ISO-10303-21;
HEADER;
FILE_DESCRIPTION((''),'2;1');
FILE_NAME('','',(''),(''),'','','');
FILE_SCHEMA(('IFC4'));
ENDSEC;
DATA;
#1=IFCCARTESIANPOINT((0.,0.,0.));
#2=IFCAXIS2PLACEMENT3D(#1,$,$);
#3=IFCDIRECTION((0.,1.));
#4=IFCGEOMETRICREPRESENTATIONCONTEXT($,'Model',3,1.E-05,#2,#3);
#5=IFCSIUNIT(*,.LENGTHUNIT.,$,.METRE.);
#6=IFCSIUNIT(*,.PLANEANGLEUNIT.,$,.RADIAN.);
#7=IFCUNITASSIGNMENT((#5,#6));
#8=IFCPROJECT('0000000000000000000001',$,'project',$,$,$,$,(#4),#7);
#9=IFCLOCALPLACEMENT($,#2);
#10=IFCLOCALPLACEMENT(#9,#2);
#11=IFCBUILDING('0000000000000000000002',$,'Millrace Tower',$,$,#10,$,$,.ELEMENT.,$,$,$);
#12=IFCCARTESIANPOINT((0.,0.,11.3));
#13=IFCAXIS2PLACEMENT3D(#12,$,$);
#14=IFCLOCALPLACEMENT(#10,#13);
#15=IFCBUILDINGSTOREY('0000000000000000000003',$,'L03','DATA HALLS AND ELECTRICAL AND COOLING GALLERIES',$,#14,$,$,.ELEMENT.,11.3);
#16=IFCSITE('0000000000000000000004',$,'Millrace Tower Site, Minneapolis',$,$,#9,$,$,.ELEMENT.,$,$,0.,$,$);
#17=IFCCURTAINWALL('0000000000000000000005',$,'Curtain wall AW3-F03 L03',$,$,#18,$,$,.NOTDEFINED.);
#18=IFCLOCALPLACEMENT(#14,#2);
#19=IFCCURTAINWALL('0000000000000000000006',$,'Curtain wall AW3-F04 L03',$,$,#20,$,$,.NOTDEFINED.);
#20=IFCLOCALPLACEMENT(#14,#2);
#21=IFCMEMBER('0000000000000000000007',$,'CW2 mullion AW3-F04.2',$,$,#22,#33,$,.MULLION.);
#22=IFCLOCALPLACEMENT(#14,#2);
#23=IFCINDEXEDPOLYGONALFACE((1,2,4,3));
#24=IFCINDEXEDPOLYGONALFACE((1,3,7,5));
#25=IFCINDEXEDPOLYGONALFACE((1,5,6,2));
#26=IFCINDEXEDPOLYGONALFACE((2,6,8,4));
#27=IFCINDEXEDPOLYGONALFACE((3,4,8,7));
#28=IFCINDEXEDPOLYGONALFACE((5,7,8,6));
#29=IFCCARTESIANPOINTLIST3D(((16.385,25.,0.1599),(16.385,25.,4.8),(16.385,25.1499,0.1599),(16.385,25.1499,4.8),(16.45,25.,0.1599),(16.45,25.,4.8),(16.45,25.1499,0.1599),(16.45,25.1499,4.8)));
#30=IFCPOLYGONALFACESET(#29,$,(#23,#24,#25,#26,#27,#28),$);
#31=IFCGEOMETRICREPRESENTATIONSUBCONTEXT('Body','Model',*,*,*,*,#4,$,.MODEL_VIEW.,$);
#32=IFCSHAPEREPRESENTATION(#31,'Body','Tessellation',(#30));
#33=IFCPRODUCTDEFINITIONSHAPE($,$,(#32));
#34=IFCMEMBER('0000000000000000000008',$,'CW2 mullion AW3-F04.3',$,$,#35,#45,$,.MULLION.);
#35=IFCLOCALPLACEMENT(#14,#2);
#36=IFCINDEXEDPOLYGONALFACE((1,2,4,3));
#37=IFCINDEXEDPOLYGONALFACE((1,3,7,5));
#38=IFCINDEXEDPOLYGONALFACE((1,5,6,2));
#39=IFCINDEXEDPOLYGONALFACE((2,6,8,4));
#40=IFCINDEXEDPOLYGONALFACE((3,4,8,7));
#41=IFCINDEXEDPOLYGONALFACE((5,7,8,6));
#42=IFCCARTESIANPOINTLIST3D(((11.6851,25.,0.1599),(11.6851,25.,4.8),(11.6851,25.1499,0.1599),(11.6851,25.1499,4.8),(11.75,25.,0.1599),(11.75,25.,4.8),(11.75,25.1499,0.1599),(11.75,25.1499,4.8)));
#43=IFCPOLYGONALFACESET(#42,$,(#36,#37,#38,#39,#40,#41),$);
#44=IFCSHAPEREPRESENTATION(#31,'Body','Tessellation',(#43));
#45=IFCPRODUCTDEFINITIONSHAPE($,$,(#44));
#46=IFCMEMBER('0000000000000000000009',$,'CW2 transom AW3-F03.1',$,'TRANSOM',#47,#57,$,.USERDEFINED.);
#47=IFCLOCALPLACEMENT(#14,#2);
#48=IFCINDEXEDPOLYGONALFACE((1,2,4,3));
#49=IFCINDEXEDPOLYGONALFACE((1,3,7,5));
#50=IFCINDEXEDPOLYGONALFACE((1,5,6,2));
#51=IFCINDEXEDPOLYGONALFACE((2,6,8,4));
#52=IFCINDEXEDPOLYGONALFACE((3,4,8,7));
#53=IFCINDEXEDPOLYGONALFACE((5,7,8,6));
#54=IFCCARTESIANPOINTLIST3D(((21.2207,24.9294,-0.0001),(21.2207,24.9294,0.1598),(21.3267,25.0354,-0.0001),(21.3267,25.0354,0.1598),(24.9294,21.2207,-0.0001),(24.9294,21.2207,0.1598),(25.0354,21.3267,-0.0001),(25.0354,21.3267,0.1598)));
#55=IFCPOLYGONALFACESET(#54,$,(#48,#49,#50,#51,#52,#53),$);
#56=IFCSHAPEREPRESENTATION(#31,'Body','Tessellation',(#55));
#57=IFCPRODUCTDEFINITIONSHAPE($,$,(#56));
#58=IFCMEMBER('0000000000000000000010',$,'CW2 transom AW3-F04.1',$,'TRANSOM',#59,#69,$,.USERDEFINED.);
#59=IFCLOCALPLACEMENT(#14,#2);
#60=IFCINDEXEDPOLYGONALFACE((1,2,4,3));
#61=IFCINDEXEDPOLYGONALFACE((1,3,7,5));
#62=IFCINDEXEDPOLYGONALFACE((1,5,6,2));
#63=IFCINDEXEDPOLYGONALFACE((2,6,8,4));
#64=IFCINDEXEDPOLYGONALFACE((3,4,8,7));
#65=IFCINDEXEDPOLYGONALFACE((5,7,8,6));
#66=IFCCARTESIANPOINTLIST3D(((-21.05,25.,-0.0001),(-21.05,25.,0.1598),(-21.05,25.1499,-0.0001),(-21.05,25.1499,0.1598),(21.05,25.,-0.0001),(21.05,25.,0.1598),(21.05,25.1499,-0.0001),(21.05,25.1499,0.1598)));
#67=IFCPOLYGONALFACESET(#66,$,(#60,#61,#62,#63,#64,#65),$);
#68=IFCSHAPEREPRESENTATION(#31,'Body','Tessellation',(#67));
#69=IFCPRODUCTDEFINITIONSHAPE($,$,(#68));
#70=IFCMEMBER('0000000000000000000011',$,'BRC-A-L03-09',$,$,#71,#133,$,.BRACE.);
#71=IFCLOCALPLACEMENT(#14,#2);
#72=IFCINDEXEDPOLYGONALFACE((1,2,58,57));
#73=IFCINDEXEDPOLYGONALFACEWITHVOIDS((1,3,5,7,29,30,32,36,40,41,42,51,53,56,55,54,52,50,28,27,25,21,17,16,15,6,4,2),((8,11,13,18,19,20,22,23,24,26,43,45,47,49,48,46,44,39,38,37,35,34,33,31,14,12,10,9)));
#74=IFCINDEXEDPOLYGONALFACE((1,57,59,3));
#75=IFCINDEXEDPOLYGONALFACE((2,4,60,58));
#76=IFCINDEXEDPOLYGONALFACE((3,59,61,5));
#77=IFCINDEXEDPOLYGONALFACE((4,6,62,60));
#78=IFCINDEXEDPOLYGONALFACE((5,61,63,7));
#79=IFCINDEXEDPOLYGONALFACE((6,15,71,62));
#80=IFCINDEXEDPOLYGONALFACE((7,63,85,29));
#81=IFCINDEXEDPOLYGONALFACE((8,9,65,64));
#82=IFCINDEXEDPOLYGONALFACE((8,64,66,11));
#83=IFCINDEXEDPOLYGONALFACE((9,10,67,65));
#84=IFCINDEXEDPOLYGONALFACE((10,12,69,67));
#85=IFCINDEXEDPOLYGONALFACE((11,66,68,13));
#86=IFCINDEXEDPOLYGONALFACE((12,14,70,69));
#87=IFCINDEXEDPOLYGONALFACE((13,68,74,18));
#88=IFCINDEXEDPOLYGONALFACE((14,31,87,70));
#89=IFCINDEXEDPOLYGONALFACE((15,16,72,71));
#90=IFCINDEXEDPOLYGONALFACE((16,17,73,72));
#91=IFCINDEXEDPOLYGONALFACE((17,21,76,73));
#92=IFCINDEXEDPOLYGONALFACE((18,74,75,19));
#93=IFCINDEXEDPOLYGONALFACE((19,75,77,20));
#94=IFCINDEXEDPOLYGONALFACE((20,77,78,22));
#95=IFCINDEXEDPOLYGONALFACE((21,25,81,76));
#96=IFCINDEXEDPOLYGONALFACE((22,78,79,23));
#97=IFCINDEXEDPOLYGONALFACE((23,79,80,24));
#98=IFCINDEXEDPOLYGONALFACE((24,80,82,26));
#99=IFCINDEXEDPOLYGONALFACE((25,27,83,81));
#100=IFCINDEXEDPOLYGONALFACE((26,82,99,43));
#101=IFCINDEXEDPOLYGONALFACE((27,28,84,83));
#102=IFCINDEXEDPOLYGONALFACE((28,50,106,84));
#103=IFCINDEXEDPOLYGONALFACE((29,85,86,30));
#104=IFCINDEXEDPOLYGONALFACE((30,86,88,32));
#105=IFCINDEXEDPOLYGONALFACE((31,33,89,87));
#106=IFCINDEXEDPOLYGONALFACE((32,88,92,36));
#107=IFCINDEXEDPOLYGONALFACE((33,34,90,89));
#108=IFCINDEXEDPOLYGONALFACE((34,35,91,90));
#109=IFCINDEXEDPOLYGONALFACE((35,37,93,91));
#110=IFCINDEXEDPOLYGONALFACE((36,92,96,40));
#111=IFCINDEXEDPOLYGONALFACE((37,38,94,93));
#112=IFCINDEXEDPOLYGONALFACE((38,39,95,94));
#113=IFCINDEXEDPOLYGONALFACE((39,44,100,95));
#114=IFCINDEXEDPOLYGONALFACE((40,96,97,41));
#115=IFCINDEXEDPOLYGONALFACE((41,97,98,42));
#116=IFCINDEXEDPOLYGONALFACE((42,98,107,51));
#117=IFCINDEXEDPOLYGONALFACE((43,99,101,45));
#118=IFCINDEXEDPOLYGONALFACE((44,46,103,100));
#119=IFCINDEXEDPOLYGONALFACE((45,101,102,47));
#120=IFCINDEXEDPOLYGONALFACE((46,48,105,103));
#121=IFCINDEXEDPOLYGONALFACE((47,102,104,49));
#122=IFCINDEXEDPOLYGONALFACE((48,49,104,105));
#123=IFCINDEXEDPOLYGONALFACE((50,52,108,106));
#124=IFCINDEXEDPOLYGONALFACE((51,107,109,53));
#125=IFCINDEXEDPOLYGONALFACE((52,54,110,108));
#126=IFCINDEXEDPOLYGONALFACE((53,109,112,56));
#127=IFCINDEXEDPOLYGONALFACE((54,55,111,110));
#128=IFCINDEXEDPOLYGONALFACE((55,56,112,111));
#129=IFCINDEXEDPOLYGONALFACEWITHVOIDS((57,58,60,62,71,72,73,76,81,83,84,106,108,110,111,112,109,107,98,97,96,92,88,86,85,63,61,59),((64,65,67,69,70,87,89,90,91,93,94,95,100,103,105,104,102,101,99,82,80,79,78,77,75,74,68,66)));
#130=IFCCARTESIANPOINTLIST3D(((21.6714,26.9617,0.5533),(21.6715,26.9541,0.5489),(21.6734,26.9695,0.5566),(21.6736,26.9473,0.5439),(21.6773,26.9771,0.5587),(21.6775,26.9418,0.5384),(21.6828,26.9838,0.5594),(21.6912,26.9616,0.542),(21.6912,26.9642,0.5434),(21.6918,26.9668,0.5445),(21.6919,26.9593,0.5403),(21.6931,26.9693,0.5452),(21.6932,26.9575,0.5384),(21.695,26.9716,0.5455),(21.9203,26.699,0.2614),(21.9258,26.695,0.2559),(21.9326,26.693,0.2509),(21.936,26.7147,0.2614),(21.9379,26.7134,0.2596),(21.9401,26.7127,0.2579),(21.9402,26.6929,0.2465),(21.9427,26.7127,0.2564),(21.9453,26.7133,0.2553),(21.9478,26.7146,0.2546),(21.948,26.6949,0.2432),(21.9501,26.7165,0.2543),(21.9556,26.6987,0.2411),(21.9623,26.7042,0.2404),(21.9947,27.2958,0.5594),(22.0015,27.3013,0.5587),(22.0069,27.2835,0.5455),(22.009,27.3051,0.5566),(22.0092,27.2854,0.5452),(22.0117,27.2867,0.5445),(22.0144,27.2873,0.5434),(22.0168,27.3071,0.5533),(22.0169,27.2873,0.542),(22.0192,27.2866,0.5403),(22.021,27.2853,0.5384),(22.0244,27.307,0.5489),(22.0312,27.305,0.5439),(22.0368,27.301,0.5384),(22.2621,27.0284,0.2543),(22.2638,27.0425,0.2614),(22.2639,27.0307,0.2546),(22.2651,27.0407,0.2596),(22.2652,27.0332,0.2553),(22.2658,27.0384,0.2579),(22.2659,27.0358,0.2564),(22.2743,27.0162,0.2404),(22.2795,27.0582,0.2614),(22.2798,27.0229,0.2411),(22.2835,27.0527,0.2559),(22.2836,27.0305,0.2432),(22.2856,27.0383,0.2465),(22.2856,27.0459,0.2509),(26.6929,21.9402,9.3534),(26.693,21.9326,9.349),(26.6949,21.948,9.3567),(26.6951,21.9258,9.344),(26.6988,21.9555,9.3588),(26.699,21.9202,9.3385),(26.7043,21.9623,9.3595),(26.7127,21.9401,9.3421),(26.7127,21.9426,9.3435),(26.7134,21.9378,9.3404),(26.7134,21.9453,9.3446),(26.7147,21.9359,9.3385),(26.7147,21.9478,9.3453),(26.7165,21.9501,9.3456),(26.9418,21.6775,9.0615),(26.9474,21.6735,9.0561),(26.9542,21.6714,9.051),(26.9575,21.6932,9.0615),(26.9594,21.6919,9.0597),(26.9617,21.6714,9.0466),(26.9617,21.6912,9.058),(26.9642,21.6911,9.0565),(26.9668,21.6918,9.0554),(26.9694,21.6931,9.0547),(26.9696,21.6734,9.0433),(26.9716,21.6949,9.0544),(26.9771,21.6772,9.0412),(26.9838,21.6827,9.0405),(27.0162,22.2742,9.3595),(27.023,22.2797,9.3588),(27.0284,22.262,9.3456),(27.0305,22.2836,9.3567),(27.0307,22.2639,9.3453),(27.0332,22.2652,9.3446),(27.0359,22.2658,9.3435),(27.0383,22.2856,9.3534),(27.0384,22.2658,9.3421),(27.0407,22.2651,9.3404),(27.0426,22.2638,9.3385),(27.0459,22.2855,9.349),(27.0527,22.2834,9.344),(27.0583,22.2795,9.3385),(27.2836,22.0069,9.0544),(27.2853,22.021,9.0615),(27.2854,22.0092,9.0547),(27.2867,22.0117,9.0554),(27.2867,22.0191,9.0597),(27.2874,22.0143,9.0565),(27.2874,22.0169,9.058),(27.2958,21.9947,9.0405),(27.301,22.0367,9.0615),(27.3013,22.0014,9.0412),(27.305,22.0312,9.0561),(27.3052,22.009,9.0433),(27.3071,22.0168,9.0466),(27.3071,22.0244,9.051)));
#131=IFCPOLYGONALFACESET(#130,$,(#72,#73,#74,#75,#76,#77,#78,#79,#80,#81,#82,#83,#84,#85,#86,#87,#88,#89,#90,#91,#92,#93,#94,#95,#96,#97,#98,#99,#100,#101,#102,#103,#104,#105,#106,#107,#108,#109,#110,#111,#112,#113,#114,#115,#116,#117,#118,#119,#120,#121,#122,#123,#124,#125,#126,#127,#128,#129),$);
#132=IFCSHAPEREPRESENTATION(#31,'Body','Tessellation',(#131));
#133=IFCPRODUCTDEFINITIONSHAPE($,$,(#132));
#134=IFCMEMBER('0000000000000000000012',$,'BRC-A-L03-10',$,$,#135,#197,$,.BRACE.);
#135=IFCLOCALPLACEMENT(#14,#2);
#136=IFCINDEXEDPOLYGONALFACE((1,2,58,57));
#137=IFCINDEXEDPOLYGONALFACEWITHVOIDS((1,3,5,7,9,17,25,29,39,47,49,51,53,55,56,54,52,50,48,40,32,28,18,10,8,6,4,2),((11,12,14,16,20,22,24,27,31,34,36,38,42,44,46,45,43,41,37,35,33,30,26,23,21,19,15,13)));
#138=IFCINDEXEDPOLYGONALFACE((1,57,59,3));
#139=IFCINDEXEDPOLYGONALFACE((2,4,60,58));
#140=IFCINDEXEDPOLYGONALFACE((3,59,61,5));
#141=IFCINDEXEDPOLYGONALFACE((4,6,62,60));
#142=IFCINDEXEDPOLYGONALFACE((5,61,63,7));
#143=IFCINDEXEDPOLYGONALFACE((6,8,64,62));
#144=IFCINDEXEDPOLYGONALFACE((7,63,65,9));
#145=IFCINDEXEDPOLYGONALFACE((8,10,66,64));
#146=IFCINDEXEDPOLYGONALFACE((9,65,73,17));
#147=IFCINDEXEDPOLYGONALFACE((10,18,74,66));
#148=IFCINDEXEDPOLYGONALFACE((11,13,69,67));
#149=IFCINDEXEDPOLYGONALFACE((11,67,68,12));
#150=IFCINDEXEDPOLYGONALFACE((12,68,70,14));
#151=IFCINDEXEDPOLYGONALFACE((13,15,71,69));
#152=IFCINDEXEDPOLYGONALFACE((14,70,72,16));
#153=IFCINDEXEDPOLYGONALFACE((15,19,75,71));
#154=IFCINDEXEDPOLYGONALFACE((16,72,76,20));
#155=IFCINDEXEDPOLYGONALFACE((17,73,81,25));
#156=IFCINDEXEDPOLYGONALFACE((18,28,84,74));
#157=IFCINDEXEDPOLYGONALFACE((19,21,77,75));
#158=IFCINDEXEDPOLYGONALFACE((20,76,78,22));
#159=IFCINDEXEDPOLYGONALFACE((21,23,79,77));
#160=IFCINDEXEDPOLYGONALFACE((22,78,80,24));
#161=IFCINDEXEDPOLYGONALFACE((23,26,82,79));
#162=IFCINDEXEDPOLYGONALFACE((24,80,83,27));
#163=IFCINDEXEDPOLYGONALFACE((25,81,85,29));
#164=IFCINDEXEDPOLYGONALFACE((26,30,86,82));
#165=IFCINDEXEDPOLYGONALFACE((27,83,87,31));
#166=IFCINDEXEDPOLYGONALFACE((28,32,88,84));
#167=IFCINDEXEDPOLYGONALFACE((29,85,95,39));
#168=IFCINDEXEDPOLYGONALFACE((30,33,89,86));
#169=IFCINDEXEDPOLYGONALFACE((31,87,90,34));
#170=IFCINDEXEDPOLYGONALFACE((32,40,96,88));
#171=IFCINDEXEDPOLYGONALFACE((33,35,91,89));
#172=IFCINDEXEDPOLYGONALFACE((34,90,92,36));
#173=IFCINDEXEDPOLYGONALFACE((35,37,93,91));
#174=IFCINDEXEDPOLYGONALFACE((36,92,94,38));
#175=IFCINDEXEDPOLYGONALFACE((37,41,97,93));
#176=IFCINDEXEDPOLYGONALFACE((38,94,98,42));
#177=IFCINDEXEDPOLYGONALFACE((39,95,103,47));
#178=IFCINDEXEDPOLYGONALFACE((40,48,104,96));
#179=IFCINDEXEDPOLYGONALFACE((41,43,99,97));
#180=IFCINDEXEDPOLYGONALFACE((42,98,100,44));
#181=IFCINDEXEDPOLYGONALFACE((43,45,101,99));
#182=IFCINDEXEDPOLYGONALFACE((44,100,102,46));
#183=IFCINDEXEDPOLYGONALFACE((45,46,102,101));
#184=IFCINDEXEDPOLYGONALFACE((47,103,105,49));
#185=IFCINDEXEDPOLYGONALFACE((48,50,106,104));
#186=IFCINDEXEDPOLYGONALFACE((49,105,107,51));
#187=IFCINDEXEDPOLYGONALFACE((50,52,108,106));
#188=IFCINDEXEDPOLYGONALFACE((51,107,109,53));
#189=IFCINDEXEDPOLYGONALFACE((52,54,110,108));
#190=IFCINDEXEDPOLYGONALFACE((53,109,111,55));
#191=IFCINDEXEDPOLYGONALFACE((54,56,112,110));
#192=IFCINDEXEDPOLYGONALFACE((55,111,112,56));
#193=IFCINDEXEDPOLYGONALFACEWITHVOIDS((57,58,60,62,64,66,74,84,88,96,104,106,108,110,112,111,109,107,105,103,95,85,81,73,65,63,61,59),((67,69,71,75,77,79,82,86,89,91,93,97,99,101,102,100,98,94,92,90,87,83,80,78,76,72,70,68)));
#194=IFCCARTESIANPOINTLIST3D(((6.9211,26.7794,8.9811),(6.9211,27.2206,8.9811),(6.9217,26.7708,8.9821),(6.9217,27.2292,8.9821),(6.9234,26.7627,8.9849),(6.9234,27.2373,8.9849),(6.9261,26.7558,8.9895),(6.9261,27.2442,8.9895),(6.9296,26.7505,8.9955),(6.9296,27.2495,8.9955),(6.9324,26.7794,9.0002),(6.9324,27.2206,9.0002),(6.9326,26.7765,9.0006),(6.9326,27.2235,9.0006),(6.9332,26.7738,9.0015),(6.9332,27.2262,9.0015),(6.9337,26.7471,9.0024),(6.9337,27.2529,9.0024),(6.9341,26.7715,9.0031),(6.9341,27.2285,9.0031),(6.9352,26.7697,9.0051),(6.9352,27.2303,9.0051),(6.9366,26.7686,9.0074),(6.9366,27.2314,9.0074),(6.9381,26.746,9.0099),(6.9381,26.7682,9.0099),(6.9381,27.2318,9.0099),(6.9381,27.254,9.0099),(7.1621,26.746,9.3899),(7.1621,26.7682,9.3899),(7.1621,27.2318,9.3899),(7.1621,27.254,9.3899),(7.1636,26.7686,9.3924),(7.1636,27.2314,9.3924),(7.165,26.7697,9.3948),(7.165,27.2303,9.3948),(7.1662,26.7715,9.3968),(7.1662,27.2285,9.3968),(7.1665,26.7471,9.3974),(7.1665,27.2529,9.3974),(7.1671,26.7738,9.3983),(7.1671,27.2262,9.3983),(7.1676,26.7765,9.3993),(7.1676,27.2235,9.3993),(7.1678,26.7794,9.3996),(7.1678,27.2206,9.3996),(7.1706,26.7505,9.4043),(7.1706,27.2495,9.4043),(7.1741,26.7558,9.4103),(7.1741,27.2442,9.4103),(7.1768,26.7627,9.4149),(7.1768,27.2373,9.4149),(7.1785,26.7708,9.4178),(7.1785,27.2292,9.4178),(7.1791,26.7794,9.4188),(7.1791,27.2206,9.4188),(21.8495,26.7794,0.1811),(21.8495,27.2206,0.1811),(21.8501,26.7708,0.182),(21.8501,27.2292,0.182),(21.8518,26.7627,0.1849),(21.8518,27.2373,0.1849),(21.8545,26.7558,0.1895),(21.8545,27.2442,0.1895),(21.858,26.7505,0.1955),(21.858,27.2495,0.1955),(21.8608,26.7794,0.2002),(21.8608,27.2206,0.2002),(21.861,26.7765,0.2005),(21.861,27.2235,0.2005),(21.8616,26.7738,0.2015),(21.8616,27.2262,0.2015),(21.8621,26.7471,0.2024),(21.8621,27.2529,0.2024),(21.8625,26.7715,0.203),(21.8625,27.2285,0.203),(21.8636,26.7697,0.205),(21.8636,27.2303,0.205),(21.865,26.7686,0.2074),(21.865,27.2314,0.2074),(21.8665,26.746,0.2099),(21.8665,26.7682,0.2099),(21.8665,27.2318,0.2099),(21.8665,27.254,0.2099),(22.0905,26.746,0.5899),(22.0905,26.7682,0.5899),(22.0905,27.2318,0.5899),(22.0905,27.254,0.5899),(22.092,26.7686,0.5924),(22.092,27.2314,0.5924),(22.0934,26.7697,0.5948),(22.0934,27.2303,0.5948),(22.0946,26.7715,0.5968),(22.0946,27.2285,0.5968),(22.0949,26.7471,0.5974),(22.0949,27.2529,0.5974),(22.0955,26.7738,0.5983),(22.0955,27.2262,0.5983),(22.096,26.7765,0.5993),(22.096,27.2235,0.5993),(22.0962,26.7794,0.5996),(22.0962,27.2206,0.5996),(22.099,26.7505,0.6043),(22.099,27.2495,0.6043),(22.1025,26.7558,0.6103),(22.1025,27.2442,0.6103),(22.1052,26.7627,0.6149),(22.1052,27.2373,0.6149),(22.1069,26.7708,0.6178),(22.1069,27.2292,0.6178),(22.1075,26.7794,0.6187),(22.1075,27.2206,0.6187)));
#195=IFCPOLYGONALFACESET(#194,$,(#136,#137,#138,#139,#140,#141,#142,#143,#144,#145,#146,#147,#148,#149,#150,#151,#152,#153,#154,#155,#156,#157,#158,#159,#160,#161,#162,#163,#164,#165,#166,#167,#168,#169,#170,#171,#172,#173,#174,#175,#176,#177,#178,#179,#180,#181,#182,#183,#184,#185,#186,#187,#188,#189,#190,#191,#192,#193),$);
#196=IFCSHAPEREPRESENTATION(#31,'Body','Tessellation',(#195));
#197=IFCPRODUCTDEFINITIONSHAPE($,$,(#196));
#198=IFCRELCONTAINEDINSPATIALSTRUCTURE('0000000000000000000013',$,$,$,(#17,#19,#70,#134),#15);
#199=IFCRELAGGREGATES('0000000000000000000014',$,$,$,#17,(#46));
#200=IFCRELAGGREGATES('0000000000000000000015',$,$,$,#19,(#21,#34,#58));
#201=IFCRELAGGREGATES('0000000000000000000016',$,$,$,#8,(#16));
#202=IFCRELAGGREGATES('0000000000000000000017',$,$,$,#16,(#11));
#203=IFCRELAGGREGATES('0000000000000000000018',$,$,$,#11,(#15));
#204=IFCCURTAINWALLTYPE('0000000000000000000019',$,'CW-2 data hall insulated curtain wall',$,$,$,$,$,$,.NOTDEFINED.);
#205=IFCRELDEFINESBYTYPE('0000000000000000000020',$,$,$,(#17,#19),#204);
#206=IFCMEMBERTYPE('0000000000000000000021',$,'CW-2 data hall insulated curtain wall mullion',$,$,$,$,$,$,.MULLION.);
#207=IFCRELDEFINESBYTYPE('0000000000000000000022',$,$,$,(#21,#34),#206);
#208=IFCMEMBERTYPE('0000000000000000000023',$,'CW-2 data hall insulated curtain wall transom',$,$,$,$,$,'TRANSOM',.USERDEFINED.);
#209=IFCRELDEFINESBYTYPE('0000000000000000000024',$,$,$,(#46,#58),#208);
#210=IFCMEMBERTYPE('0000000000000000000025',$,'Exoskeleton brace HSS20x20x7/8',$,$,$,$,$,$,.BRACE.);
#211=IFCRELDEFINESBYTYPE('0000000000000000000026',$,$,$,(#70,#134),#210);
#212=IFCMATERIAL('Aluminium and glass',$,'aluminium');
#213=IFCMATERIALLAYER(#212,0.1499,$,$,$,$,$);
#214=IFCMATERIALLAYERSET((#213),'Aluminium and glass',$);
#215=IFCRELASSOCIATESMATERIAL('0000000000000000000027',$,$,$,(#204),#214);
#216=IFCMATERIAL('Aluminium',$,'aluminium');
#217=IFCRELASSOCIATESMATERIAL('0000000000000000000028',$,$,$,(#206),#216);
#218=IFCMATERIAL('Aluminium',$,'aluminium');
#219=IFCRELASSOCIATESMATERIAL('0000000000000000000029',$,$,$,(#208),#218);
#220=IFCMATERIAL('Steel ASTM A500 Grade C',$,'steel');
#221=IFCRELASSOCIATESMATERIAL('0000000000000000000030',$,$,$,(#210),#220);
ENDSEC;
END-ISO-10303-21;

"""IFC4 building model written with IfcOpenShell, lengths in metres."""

from ifc_helpers import new_model, si_unit, direction, frame, origin, origin_2d, place, context, subcontext, project, spatial, rectangle, hollow_rectangle, extrude, material, layer, layer_set, material_profile, profile_set, type_object, element, aggregate, save


model = new_model("IFC4")

# Units and contexts
model_context = context("Model", 3, precision=1e-05, world=origin(), true_north=direction((0.0, 1.0)))
body_context = subcontext(model_context, "Body", "Model", "MODEL_VIEW")
ifc_project = project(units=[si_unit("LENGTHUNIT", "METRE"), si_unit("PLANEANGLEUNIT", "RADIAN")], contexts=[model_context])

# Site, building, storey
site_placement = place(None, origin())
site = spatial("IfcSite", under=ifc_project, at=site_placement, Name="Millrace Tower Site, Minneapolis", CompositionType="ELEMENT", RefElevation=0.0)
building_placement = place(site_placement, origin())
building = spatial("IfcBuilding", under=site, at=building_placement, Name="Millrace Tower", CompositionType="ELEMENT")
storey_placement = place(building_placement, frame((0.0, 0.0, 11.3)))
storey = spatial("IfcBuildingStorey", under=building, at=storey_placement, Name="L03", Description="DATA HALLS AND ELECTRICAL AND COOLING GALLERIES", CompositionType="ELEMENT", Elevation=11.3)

# Shared definitions
ifc_material_1 = material(Name="Aluminium and glass", Category="aluminium")
ifc_layer_1 = layer(ifc_material_1, 0.1499)
ifc_layer_set_1 = layer_set([ifc_layer_1], Name="Aluminium and glass")
curtain_wall_type = type_object("IfcCurtainWallType", Name="CW-2 data hall insulated curtain wall", PredefinedType="NOTDEFINED", material=ifc_layer_set_1)
placement = place(storey_placement, origin())
ifc_material_2 = material(Name="Aluminium", Category="aluminium")
ifc_material_profile_1 = material_profile(ifc_material_2, rectangle(XDim=0.0649, YDim=0.1499, at=origin_2d()))
ifc_profile_set_1 = profile_set([ifc_material_profile_1], Name="Aluminium")
member_type_1 = type_object("IfcMemberType", Name="CW-2 data hall insulated curtain wall mullion", PredefinedType="MULLION", material=ifc_profile_set_1)

# Curtain wall
curtain_wall_1 = element("IfcCurtainWall", 1, at=placement, inside=storey, type_object=curtain_wall_type, Name="Curtain wall AW3-F03 L03", PredefinedType="NOTDEFINED")

# Curtain wall, members
curtain_wall_2 = element("IfcCurtainWall", 2, at=placement, inside=storey, type_object=curtain_wall_type, Name="Curtain wall AW3-F04 L03", PredefinedType="NOTDEFINED")
member_1_placement = place(storey_placement, frame((16.4175, 25.075, 0.1599), z_axis=(0.0, 0.0, 1.0), x_axis=(-1.0, 0.0, 0.0)))
member_1 = element("IfcMember", 3, at=member_1_placement, type_object=member_type_1, Name="CW2 mullion AW3-F04.2", PredefinedType="MULLION", context=body_context, shape_type="SweptSolid", body=[
    extrude(rectangle(XDim=0.0649, YDim=0.1499, at=origin_2d()), origin(), (0.0, 0.0, 1.0), 4.6401),
])
member_2_placement = place(storey_placement, frame((11.7175, 25.075, 0.1599), z_axis=(0.0, 0.0, 1.0), x_axis=(-1.0, 0.0, 0.0)))
member_2 = element("IfcMember", 4, at=member_2_placement, type_object=member_type_1, Name="CW2 mullion AW3-F04.3", PredefinedType="MULLION", context=body_context, shape_type="SweptSolid", body=[
    extrude(rectangle(XDim=0.0649, YDim=0.1499, at=origin_2d()), origin(), (0.0, 0.0, 1.0), 4.6401),
])

# Members
ifc_material_3 = material(Name="Aluminium", Category="aluminium")
ifc_material_profile_2 = material_profile(ifc_material_3, rectangle(XDim=0.1499, YDim=0.1599, at=origin_2d()))
ifc_profile_set_2 = profile_set([ifc_material_profile_2], Name="Aluminium")
member_type_2 = type_object("IfcMemberType", Name="CW-2 data hall insulated curtain wall transom", ElementType="TRANSOM", PredefinedType="USERDEFINED", material=ifc_profile_set_2)
member_3_placement = place(storey_placement, frame((24.9824, 21.2737, 0.0798), z_axis=(-0.707107, 0.707107, 0.0), x_axis=(-0.707107, -0.707107, 0.0)))
member_3 = element("IfcMember", 5, at=member_3_placement, type_object=member_type_2, Name="CW2 transom AW3-F03.1", ObjectType="TRANSOM", PredefinedType="USERDEFINED", context=body_context, shape_type="SweptSolid", body=[
    extrude(rectangle(XDim=0.1499, YDim=0.1599, at=origin_2d()), origin(), (0.0, 0.0, 1.0), 5.2449),
])
aggregate(curtain_wall_1, [member_3])
member_4_placement = place(storey_placement, frame((21.05, 25.075, 0.0798), z_axis=(-1.0, 0.0, 0.0), x_axis=(0.0, -1.0, 0.0)))
member_4 = element("IfcMember", 6, at=member_4_placement, type_object=member_type_2, Name="CW2 transom AW3-F04.1", ObjectType="TRANSOM", PredefinedType="USERDEFINED", context=body_context, shape_type="SweptSolid", body=[
    extrude(rectangle(XDim=0.1499, YDim=0.1599, at=origin_2d()), origin(), (0.0, 0.0, 1.0), 42.1001),
])
aggregate(curtain_wall_2, [member_1, member_2, member_4])

# Members
ifc_material_4 = material(Name="Steel ASTM A500 Grade C", Category="steel")
ifc_material_profile_3 = material_profile(ifc_material_4, hollow_rectangle(XDim=0.5081, YDim=0.5081, WallThickness=0.0222, InnerFilletRadius=0.0112, OuterFilletRadius=0.0334, at=origin_2d()))
ifc_profile_set_3 = profile_set([ifc_material_profile_3], Name="Steel ASTM A500 Grade C")
member_type_3 = type_object("IfcMemberType", Name="Exoskeleton brace HSS20x20x7/8", PredefinedType="BRACE", material=ifc_profile_set_3)
member_5_placement = place(storey_placement, frame((21.9785, 27.0, 0.3999), z_axis=(0.444064, -0.444064, 0.778213), x_axis=(0.707107, 0.707107, 0.0)))
element("IfcMember", 7, at=member_5_placement, inside=storey, type_object=member_type_3, Name="BRC-A-L03-09", PredefinedType="BRACE", context=body_context, shape_type="SweptSolid", body=[
    extrude(hollow_rectangle(XDim=0.5081, YDim=0.5081, WallThickness=0.0222, InnerFilletRadius=0.0112, OuterFilletRadius=0.0334, at=origin_2d()), origin(), (0.0, 0.0, 1.0), 11.3081),
])
member_6_placement = place(storey_placement, frame((21.9785, 27.0, 0.3999), z_axis=(-0.861465, 0.0, 0.507817), x_axis=(0.0, -1.0, 0.0)))
element("IfcMember", 8, at=member_6_placement, inside=storey, type_object=member_type_3, Name="BRC-A-L03-10", PredefinedType="BRACE", context=body_context, shape_type="SweptSolid", body=[
    extrude(hollow_rectangle(XDim=0.5081, YDim=0.5081, WallThickness=0.0222, InnerFilletRadius=0.0112, OuterFilletRadius=0.0334, at=origin_2d()), origin(), (0.0, 0.0, 1.0), 17.3291),
])

save(model, "model.ifc")
